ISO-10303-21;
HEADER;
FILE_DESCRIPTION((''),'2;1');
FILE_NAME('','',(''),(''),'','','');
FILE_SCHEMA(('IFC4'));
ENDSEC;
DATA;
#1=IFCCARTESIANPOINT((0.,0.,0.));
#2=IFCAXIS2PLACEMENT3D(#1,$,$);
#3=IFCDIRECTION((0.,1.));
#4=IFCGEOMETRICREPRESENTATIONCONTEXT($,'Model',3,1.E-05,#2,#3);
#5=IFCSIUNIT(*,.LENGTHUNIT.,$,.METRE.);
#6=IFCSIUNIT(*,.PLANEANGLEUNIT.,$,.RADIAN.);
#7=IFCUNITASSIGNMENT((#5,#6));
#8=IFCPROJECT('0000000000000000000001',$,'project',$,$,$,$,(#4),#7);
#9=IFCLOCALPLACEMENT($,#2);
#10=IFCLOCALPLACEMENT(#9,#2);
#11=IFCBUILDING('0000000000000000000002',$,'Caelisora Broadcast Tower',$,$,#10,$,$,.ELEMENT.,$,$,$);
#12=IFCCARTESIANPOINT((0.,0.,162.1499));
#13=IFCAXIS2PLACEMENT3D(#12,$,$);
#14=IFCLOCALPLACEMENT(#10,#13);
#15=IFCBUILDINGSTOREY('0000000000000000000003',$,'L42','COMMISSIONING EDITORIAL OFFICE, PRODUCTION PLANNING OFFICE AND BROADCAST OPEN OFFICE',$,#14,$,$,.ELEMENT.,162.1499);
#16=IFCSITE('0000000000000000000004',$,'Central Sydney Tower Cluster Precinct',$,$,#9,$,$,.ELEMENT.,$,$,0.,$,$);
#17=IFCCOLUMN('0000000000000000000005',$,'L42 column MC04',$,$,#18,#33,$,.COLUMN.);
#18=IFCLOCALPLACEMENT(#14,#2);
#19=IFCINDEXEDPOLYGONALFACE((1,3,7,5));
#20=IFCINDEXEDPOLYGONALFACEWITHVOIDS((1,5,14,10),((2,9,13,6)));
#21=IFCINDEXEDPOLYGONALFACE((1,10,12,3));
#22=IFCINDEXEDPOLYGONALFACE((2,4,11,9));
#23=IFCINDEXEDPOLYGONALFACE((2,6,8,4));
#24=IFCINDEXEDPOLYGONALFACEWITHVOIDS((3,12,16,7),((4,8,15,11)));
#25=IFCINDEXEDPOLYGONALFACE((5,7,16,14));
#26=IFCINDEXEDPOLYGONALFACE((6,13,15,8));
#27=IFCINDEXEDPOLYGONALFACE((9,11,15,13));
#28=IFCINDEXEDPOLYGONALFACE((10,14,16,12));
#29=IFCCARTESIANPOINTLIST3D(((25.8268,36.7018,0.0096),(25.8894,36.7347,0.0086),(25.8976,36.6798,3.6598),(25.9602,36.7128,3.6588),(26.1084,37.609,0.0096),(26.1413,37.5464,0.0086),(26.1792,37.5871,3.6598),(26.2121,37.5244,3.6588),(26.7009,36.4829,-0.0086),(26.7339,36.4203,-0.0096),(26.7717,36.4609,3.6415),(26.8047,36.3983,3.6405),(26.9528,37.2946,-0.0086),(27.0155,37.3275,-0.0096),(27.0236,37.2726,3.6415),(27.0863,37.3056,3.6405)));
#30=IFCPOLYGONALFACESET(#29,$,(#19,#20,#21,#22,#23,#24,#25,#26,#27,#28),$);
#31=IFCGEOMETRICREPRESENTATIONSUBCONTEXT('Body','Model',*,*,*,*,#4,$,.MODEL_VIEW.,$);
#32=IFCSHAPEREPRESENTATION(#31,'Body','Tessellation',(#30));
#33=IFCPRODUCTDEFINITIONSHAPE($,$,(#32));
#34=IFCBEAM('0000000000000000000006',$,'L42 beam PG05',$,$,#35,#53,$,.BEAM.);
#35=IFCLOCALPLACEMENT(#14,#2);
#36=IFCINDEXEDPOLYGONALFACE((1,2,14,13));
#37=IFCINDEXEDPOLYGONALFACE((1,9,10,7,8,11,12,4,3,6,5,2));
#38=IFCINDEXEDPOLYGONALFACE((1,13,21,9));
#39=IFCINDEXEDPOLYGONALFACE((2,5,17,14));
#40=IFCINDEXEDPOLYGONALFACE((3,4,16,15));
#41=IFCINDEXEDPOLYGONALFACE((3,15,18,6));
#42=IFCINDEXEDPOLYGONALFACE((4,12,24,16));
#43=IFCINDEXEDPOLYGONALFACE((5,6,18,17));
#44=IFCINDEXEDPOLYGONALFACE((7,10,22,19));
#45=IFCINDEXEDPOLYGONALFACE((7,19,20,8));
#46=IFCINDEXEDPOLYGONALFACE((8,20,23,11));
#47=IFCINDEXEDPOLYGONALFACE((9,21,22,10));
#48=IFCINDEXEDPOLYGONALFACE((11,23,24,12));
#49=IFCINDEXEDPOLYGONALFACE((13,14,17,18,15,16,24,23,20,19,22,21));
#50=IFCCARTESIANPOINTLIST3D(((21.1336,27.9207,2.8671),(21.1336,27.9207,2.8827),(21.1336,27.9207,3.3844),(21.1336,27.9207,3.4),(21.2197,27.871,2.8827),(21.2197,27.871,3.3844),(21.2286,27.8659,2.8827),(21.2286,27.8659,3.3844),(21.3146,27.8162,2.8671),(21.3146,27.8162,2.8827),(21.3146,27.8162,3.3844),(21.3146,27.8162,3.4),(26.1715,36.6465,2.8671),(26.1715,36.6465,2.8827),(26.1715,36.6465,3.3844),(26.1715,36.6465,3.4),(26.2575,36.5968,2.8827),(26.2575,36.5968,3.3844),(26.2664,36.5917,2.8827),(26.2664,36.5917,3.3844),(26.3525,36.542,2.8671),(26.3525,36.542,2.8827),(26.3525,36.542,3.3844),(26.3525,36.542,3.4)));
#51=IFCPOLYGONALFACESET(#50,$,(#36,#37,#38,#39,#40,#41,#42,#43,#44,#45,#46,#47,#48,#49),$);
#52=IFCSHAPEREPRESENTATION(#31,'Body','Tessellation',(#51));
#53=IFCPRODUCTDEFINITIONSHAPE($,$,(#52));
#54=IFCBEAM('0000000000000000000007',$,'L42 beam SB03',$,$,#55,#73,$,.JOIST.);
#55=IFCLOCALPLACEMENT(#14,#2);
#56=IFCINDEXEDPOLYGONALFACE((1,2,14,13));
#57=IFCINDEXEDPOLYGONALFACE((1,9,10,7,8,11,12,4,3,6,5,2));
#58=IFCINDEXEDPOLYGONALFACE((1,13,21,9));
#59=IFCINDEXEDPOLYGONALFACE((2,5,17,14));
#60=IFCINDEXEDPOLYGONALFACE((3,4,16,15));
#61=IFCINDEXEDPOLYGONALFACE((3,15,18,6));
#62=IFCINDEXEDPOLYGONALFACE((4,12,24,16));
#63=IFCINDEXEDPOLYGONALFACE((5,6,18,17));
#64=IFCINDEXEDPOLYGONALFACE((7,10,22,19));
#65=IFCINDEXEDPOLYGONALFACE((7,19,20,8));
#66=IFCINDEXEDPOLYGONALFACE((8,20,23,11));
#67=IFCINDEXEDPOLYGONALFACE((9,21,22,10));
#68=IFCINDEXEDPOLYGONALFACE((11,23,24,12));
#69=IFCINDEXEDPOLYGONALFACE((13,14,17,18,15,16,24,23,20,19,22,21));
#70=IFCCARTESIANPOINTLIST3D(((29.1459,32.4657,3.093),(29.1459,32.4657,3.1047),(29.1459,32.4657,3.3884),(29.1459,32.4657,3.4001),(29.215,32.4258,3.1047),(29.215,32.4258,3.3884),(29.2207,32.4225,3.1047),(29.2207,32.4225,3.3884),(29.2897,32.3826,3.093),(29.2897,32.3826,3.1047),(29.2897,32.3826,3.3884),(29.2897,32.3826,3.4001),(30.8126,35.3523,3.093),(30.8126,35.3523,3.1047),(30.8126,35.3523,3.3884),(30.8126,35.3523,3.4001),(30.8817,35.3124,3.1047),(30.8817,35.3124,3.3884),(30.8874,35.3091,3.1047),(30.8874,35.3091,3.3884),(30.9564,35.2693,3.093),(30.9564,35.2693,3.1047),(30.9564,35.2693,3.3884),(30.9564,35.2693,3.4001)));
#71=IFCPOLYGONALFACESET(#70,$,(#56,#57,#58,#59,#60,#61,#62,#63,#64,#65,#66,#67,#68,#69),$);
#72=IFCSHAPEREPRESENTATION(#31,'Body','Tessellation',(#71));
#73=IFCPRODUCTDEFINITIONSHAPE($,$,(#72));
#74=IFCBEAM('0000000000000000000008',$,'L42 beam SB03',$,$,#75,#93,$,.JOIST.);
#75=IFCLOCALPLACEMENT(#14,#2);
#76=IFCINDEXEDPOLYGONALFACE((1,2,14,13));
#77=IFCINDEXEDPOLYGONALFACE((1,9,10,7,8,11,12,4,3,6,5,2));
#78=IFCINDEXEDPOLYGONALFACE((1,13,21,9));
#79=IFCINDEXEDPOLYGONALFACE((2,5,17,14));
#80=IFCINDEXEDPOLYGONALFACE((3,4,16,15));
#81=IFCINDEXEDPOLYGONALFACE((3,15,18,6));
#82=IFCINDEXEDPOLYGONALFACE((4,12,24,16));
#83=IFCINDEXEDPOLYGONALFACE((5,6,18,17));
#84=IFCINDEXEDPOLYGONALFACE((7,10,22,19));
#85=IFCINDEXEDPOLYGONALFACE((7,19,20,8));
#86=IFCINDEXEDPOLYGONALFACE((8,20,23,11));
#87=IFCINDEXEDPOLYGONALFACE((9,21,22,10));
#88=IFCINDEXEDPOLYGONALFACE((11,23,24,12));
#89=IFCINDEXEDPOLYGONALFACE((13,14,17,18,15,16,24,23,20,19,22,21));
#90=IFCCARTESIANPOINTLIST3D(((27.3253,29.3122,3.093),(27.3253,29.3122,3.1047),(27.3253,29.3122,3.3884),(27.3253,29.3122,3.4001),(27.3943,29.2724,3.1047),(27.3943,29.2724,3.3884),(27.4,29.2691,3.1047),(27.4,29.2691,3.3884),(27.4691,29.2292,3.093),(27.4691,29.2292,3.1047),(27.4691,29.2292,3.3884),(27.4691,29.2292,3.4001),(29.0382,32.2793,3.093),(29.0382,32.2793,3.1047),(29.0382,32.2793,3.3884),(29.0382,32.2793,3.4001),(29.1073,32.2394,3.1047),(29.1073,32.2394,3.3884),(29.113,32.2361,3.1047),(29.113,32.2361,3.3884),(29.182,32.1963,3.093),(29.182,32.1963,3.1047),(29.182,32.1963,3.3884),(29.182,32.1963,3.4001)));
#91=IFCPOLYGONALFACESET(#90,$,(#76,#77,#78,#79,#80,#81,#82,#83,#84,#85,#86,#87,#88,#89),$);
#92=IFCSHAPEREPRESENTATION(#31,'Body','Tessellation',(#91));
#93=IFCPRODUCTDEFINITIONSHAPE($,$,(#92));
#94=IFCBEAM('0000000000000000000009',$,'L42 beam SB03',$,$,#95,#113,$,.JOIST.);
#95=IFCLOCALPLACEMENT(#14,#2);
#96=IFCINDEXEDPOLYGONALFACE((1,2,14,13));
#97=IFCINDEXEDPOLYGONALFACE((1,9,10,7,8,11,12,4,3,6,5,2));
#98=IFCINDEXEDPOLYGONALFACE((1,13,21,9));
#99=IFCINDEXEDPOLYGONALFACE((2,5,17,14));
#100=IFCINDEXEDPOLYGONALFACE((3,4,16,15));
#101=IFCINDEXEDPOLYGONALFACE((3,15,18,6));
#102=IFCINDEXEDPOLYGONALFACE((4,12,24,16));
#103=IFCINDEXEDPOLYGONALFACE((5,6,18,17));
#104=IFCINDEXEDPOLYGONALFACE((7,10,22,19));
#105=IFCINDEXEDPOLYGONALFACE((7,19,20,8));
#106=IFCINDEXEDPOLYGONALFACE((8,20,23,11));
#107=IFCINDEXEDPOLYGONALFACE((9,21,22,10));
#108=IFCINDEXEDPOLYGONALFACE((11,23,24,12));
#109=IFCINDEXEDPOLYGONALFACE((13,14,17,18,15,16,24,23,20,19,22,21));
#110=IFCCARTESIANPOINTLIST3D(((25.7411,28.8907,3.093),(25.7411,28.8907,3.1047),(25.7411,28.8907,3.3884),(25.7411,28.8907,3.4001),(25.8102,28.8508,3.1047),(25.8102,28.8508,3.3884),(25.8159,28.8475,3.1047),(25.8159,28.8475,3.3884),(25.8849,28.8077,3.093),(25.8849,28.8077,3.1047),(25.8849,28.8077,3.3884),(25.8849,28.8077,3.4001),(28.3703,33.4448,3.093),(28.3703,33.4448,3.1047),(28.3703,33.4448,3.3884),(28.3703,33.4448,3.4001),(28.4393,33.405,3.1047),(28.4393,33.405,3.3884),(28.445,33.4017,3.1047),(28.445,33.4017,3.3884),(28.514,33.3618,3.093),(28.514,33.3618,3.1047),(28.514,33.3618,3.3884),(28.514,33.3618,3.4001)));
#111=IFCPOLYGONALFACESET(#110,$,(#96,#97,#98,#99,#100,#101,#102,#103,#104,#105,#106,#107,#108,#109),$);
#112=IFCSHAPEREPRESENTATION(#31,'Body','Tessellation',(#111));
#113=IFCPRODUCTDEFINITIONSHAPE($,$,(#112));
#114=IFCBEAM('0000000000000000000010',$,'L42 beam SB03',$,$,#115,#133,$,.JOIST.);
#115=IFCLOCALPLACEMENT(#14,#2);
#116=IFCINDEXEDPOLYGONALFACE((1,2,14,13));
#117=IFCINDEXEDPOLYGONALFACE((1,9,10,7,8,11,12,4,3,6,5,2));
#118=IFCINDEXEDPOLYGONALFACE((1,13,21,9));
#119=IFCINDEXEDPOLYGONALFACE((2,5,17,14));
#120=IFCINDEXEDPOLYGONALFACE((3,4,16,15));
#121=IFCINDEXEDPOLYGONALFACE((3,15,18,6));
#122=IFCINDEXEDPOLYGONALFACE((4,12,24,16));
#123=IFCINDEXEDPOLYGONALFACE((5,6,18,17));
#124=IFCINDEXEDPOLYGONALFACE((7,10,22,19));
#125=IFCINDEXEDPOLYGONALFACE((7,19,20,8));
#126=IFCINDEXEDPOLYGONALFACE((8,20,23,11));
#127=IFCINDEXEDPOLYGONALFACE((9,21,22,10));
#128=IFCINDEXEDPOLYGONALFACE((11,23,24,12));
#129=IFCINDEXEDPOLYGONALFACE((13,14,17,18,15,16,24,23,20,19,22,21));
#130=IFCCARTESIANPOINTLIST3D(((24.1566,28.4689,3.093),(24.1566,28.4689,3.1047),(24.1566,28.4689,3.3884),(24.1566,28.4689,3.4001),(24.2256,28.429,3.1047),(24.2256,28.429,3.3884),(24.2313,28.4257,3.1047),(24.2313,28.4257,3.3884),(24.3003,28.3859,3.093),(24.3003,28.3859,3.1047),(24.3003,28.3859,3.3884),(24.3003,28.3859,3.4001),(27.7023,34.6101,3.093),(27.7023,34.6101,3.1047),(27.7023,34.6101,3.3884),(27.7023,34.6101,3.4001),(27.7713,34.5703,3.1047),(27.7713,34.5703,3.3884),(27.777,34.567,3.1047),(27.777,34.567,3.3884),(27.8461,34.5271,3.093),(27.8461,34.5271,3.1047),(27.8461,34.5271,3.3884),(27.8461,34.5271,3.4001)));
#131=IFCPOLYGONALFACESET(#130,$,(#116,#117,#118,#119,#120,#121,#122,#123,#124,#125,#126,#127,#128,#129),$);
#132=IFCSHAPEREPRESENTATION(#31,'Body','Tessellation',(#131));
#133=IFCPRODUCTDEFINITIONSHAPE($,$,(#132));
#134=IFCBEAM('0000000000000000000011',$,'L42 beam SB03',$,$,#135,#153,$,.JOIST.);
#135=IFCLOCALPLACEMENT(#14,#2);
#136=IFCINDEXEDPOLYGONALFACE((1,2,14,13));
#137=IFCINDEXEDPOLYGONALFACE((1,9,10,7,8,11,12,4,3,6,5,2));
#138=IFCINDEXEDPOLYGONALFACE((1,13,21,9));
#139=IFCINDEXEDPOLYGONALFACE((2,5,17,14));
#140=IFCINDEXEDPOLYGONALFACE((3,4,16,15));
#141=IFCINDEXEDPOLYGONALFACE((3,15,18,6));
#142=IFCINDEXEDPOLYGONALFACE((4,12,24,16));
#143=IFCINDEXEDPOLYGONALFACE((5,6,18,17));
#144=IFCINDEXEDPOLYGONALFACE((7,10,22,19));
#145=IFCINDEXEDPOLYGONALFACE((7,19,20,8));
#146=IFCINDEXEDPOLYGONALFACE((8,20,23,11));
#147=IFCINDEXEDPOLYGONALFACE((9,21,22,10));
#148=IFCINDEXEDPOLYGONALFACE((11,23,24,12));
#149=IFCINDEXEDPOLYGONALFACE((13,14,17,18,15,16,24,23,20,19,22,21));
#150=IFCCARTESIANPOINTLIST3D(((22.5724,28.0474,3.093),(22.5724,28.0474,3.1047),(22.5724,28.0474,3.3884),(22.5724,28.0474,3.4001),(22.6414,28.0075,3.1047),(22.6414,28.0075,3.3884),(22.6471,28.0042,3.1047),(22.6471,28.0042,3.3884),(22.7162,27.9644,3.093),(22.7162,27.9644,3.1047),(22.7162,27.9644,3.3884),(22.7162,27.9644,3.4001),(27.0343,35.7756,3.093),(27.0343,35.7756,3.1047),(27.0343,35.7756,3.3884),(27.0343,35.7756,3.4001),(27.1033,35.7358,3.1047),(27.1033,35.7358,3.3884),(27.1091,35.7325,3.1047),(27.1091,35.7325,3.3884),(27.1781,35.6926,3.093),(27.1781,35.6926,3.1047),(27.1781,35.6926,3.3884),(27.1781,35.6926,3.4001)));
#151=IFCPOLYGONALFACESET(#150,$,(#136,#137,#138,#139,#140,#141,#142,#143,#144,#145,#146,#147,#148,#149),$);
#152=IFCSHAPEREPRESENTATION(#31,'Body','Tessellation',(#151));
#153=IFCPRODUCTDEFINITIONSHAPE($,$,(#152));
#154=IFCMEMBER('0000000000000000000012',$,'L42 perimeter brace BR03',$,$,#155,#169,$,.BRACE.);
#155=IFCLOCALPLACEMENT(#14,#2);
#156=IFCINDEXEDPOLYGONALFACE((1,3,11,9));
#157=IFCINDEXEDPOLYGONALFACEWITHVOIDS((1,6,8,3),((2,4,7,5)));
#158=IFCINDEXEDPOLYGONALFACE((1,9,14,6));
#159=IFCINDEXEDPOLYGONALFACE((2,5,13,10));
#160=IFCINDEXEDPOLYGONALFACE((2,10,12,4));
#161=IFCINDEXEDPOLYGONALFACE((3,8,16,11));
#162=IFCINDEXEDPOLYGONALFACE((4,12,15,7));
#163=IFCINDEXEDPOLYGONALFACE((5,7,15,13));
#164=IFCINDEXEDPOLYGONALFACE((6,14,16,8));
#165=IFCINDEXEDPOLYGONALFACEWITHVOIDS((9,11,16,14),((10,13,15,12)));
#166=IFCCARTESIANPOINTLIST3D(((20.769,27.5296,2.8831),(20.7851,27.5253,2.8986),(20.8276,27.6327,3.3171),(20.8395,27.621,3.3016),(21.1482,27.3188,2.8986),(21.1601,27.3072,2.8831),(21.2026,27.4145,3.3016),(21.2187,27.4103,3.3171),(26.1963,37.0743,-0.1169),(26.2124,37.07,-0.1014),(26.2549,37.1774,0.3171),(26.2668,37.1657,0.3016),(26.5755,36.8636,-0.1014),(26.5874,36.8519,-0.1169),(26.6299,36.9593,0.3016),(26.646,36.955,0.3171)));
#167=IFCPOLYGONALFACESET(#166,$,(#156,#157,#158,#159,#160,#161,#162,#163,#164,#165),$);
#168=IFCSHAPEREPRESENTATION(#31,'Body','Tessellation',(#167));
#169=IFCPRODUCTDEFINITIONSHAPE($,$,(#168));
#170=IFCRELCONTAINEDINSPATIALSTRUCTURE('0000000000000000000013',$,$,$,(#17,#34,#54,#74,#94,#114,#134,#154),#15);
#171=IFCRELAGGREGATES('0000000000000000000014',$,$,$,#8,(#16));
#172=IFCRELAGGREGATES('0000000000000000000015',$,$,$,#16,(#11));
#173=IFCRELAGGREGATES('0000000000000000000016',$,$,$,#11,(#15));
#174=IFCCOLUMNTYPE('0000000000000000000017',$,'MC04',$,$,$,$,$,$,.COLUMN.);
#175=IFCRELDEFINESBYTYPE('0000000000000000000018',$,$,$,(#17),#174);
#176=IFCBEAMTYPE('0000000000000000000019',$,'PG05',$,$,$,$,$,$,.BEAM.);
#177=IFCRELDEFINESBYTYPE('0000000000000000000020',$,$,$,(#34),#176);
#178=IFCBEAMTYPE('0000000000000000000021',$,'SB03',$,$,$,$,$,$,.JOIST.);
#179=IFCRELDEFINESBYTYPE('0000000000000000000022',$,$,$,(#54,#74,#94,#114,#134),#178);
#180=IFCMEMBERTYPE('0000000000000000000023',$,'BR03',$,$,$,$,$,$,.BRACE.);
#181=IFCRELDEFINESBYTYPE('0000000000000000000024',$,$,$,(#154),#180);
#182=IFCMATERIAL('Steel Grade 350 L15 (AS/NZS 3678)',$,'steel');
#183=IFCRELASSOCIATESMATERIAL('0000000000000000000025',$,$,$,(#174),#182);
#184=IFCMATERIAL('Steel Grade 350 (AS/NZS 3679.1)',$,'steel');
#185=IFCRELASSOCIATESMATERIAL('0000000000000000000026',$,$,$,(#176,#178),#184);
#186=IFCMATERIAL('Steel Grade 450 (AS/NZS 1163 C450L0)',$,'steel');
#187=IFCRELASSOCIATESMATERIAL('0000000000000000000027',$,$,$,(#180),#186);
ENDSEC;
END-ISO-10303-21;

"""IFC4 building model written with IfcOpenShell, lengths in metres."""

from ifc_helpers import new_model, si_unit, direction, frame, origin, origin_2d, place, context, subcontext, project, spatial, hollow_rectangle, i_section, extrude, source, transform, mapped, material, material_profile, profile_set, type_object, type_shapes, element, save


model = new_model("IFC4")

# Units and contexts
model_context = context("Model", 3, precision=1e-05, world=origin(), true_north=direction((0.0, 1.0)))
body_context = subcontext(model_context, "Body", "Model", "MODEL_VIEW")
ifc_project = project(units=[si_unit("LENGTHUNIT", "METRE"), si_unit("PLANEANGLEUNIT", "RADIAN")], contexts=[model_context])

# Site, building, storey
site_placement = place(None, origin())
site = spatial("IfcSite", under=ifc_project, at=site_placement, Name="Central Sydney Tower Cluster Precinct", CompositionType="ELEMENT", RefElevation=0.0)
building_placement = place(site_placement, origin())
building = spatial("IfcBuilding", under=site, at=building_placement, Name="Caelisora Broadcast Tower", CompositionType="ELEMENT")
storey_placement = place(building_placement, frame((0.0, 0.0, 162.1499)))
storey = spatial("IfcBuildingStorey", under=building, at=storey_placement, Name="L42", Description="COMMISSIONING EDITORIAL OFFICE, PRODUCTION PLANNING OFFICE AND BROADCAST OPEN OFFICE", CompositionType="ELEMENT", Elevation=162.1499)

# Column
ifc_material_1 = material(Name="Steel Grade 350 L15 (AS/NZS 3678)", Category="steel")
ifc_material_profile_1 = material_profile(ifc_material_1, hollow_rectangle(XDim=0.95, YDim=0.95, WallThickness=0.05, at=origin_2d()), Name="Steel Grade 350 L15 (AS/NZS 3678)")
ifc_profile_set_1 = profile_set([ifc_material_profile_1], Name="Steel Grade 350 L15 (AS/NZS 3678)")
column_type = type_object("IfcColumnType", Name="MC04", PredefinedType="COLUMN", material=ifc_profile_set_1)
shared_shape_1 = source(origin(), body_context, "Body", "SweptSolid", [
    extrude(hollow_rectangle(XDim=0.95, YDim=0.95, WallThickness=0.05, at=origin_2d()), origin(), (0.0, 0.0, 1.0), 3.6509),
])
type_shapes(column_type, [shared_shape_1])
column_placement = place(storey_placement, frame((26.4211, 37.0146, 0.0), z_axis=(0.019393, -0.006018, 0.999794), x_axis=(0.296399, 0.955064, 0.0)))
element("IfcColumn", 1, at=column_placement, inside=storey, type_object=column_type, Name="L42 column MC04", PredefinedType="COLUMN", context=body_context, shape_type="MappedRepresentation", body=[
    mapped(shared_shape_1, transform((0.0, 0.0, 0.0), scale=1.0)),
])

# Beams
ifc_material_2 = material(Name="Steel Grade 350 (AS/NZS 3679.1)", Category="steel")
ifc_material_profile_2 = material_profile(ifc_material_2, i_section(OverallWidth=0.209, OverallDepth=0.533, WebThickness=0.0103, FlangeThickness=0.0156, at=origin_2d()), Name="Steel Grade 350 (AS/NZS 3679.1)")
ifc_profile_set_2 = profile_set([ifc_material_profile_2], Name="Steel Grade 350 (AS/NZS 3679.1)")
beam_type_1 = type_object("IfcBeamType", Name="PG05", PredefinedType="BEAM", material=ifc_profile_set_2)
shared_shape_2 = source(origin(), body_context, "Body", "SweptSolid", [
    extrude(i_section(OverallWidth=0.209, OverallDepth=0.533, WebThickness=0.0103, FlangeThickness=0.0156, at=origin_2d()), origin(), (0.0, 0.0, 1.0), 10.0757),
])
type_shapes(beam_type_1, [shared_shape_2])
beam_1_placement = place(storey_placement, frame((26.262, 36.5942, 3.1335), z_axis=(-0.499999, -0.866026, 0.0), x_axis=(0.866026, -0.499999, 0.0)))
element("IfcBeam", 2, at=beam_1_placement, inside=storey, type_object=beam_type_1, Name="L42 beam PG05", PredefinedType="BEAM", context=body_context, shape_type="MappedRepresentation", body=[
    mapped(shared_shape_2, transform((0.0, 0.0, 0.0), scale=1.0)),
])
ifc_material_profile_3 = material_profile(ifc_material_2, i_section(OverallWidth=0.166, OverallDepth=0.3071, WebThickness=0.0066, FlangeThickness=0.0117, at=origin_2d()), Name="Steel Grade 350 (AS/NZS 3679.1)")
ifc_profile_set_3 = profile_set([ifc_material_profile_3], Name="Steel Grade 350 (AS/NZS 3679.1)")
beam_type_2 = type_object("IfcBeamType", Name="SB03", PredefinedType="JOIST", material=ifc_profile_set_3)
shared_shape_3 = source(origin(), body_context, "Body", "SweptSolid", [
    extrude(i_section(OverallWidth=0.166, OverallDepth=0.3071, WebThickness=0.0066, FlangeThickness=0.0117, at=origin_2d()), origin(), (0.0, 0.0, 1.0), 3.3333),
])
beam_2_placement = place(storey_placement, frame((30.8845, 35.3108, 3.2466), z_axis=(-0.500023, -0.866012, 0.0), x_axis=(0.866012, -0.500023, 0.0)))
element("IfcBeam", 3, at=beam_2_placement, inside=storey, type_object=beam_type_2, Name="L42 beam SB03", PredefinedType="JOIST", context=body_context, shape_type="MappedRepresentation", body=[
    mapped(shared_shape_3, transform((0.0, 0.0, 0.0), scale=1.0)),
])
shared_shape_4 = source(origin(), body_context, "Body", "SweptSolid", [
    extrude(i_section(OverallWidth=0.166, OverallDepth=0.3071, WebThickness=0.0066, FlangeThickness=0.0117, at=origin_2d()), origin(), (0.0, 0.0, 1.0), 3.426),
])
beam_3_placement = place(storey_placement, frame((29.1101, 32.2378, 3.2466), z_axis=(-0.499971, -0.866042, 0.0), x_axis=(0.866042, -0.499971, 0.0)))
element("IfcBeam", 4, at=beam_3_placement, inside=storey, type_object=beam_type_2, Name="L42 beam SB03", PredefinedType="JOIST", context=body_context, shape_type="MappedRepresentation", body=[
    mapped(shared_shape_4, transform((0.0, 0.0, 0.0), scale=1.0)),
])
shared_shape_5 = source(origin(), body_context, "Body", "SweptSolid", [
    extrude(i_section(OverallWidth=0.166, OverallDepth=0.3071, WebThickness=0.0066, FlangeThickness=0.0117, at=origin_2d()), origin(), (0.0, 0.0, 1.0), 5.2585),
])
beam_4_placement = place(storey_placement, frame((28.4421, 33.4033, 3.2466), z_axis=(-0.499969, -0.866043, 0.0), x_axis=(0.866043, -0.499969, 0.0)))
element("IfcBeam", 5, at=beam_4_placement, inside=storey, type_object=beam_type_2, Name="L42 beam SB03", PredefinedType="JOIST", context=body_context, shape_type="MappedRepresentation", body=[
    mapped(shared_shape_5, transform((0.0, 0.0, 0.0), scale=1.0)),
])
shared_shape_6 = source(origin(), body_context, "Body", "SweptSolid", [
    extrude(i_section(OverallWidth=0.166, OverallDepth=0.3071, WebThickness=0.0066, FlangeThickness=0.0117, at=origin_2d()), origin(), (0.0, 0.0, 1.0), 7.0913),
])
beam_5_placement = place(storey_placement, frame((27.7742, 34.5686, 3.2466), z_axis=(-0.500009, -0.86602, 0.0), x_axis=(0.86602, -0.500009, 0.0)))
element("IfcBeam", 6, at=beam_5_placement, inside=storey, type_object=beam_type_2, Name="L42 beam SB03", PredefinedType="JOIST", context=body_context, shape_type="MappedRepresentation", body=[
    mapped(shared_shape_6, transform((0.0, 0.0, 0.0), scale=1.0)),
])
shared_shape_7 = source(origin(), body_context, "Body", "SweptSolid", [
    extrude(i_section(OverallWidth=0.166, OverallDepth=0.3071, WebThickness=0.0066, FlangeThickness=0.0117, at=origin_2d()), origin(), (0.0, 0.0, 1.0), 8.9238),
])
type_shapes(beam_type_2, [shared_shape_3, shared_shape_4, shared_shape_5, shared_shape_6, shared_shape_7])
beam_6_placement = place(storey_placement, frame((27.1062, 35.7341, 3.2466), z_axis=(-0.5, -0.866026, 0.0), x_axis=(0.866026, -0.5, 0.0)))
element("IfcBeam", 7, at=beam_6_placement, inside=storey, type_object=beam_type_2, Name="L42 beam SB03", PredefinedType="JOIST", context=body_context, shape_type="MappedRepresentation", body=[
    mapped(shared_shape_7, transform((0.0, 0.0, 0.0), scale=1.0)),
])

# Member
ifc_material_3 = material(Name="Steel Grade 450 (AS/NZS 1163 C450L0)", Category="steel")
ifc_material_profile_4 = material_profile(ifc_material_3, hollow_rectangle(XDim=0.45, YDim=0.45, WallThickness=0.0161, at=origin_2d()), Name="Steel Grade 450 (AS/NZS 1163 C450L0)")
ifc_profile_set_4 = profile_set([ifc_material_profile_4], Name="Steel Grade 450 (AS/NZS 1163 C450L0)")
member_type_1 = type_object("IfcMemberType", Name="BR03", PredefinedType="BRACE", material=ifc_profile_set_4)
shared_shape_8 = source(origin(), body_context, "Body", "SweptSolid", [
    extrude(hollow_rectangle(XDim=0.45, YDim=0.45, WallThickness=0.0161, at=origin_2d()), origin(), (0.0, 0.0, 1.0), 11.3823),
])
type_shapes(member_type_1, [shared_shape_8])
member_1_placement = place(storey_placement, frame((26.4211, 37.0146, 0.1001), z_axis=(-0.476816, -0.838557, 0.263568), x_axis=(0.869295, -0.494294, 0.0)))
element("IfcMember", 8, at=member_1_placement, inside=storey, type_object=member_type_1, Name="L42 perimeter brace BR03", PredefinedType="BRACE", context=body_context, shape_type="MappedRepresentation", body=[
    mapped(shared_shape_8, transform((0.0, 0.0, 0.0), scale=1.0)),
])

save(model, "model.ifc")
